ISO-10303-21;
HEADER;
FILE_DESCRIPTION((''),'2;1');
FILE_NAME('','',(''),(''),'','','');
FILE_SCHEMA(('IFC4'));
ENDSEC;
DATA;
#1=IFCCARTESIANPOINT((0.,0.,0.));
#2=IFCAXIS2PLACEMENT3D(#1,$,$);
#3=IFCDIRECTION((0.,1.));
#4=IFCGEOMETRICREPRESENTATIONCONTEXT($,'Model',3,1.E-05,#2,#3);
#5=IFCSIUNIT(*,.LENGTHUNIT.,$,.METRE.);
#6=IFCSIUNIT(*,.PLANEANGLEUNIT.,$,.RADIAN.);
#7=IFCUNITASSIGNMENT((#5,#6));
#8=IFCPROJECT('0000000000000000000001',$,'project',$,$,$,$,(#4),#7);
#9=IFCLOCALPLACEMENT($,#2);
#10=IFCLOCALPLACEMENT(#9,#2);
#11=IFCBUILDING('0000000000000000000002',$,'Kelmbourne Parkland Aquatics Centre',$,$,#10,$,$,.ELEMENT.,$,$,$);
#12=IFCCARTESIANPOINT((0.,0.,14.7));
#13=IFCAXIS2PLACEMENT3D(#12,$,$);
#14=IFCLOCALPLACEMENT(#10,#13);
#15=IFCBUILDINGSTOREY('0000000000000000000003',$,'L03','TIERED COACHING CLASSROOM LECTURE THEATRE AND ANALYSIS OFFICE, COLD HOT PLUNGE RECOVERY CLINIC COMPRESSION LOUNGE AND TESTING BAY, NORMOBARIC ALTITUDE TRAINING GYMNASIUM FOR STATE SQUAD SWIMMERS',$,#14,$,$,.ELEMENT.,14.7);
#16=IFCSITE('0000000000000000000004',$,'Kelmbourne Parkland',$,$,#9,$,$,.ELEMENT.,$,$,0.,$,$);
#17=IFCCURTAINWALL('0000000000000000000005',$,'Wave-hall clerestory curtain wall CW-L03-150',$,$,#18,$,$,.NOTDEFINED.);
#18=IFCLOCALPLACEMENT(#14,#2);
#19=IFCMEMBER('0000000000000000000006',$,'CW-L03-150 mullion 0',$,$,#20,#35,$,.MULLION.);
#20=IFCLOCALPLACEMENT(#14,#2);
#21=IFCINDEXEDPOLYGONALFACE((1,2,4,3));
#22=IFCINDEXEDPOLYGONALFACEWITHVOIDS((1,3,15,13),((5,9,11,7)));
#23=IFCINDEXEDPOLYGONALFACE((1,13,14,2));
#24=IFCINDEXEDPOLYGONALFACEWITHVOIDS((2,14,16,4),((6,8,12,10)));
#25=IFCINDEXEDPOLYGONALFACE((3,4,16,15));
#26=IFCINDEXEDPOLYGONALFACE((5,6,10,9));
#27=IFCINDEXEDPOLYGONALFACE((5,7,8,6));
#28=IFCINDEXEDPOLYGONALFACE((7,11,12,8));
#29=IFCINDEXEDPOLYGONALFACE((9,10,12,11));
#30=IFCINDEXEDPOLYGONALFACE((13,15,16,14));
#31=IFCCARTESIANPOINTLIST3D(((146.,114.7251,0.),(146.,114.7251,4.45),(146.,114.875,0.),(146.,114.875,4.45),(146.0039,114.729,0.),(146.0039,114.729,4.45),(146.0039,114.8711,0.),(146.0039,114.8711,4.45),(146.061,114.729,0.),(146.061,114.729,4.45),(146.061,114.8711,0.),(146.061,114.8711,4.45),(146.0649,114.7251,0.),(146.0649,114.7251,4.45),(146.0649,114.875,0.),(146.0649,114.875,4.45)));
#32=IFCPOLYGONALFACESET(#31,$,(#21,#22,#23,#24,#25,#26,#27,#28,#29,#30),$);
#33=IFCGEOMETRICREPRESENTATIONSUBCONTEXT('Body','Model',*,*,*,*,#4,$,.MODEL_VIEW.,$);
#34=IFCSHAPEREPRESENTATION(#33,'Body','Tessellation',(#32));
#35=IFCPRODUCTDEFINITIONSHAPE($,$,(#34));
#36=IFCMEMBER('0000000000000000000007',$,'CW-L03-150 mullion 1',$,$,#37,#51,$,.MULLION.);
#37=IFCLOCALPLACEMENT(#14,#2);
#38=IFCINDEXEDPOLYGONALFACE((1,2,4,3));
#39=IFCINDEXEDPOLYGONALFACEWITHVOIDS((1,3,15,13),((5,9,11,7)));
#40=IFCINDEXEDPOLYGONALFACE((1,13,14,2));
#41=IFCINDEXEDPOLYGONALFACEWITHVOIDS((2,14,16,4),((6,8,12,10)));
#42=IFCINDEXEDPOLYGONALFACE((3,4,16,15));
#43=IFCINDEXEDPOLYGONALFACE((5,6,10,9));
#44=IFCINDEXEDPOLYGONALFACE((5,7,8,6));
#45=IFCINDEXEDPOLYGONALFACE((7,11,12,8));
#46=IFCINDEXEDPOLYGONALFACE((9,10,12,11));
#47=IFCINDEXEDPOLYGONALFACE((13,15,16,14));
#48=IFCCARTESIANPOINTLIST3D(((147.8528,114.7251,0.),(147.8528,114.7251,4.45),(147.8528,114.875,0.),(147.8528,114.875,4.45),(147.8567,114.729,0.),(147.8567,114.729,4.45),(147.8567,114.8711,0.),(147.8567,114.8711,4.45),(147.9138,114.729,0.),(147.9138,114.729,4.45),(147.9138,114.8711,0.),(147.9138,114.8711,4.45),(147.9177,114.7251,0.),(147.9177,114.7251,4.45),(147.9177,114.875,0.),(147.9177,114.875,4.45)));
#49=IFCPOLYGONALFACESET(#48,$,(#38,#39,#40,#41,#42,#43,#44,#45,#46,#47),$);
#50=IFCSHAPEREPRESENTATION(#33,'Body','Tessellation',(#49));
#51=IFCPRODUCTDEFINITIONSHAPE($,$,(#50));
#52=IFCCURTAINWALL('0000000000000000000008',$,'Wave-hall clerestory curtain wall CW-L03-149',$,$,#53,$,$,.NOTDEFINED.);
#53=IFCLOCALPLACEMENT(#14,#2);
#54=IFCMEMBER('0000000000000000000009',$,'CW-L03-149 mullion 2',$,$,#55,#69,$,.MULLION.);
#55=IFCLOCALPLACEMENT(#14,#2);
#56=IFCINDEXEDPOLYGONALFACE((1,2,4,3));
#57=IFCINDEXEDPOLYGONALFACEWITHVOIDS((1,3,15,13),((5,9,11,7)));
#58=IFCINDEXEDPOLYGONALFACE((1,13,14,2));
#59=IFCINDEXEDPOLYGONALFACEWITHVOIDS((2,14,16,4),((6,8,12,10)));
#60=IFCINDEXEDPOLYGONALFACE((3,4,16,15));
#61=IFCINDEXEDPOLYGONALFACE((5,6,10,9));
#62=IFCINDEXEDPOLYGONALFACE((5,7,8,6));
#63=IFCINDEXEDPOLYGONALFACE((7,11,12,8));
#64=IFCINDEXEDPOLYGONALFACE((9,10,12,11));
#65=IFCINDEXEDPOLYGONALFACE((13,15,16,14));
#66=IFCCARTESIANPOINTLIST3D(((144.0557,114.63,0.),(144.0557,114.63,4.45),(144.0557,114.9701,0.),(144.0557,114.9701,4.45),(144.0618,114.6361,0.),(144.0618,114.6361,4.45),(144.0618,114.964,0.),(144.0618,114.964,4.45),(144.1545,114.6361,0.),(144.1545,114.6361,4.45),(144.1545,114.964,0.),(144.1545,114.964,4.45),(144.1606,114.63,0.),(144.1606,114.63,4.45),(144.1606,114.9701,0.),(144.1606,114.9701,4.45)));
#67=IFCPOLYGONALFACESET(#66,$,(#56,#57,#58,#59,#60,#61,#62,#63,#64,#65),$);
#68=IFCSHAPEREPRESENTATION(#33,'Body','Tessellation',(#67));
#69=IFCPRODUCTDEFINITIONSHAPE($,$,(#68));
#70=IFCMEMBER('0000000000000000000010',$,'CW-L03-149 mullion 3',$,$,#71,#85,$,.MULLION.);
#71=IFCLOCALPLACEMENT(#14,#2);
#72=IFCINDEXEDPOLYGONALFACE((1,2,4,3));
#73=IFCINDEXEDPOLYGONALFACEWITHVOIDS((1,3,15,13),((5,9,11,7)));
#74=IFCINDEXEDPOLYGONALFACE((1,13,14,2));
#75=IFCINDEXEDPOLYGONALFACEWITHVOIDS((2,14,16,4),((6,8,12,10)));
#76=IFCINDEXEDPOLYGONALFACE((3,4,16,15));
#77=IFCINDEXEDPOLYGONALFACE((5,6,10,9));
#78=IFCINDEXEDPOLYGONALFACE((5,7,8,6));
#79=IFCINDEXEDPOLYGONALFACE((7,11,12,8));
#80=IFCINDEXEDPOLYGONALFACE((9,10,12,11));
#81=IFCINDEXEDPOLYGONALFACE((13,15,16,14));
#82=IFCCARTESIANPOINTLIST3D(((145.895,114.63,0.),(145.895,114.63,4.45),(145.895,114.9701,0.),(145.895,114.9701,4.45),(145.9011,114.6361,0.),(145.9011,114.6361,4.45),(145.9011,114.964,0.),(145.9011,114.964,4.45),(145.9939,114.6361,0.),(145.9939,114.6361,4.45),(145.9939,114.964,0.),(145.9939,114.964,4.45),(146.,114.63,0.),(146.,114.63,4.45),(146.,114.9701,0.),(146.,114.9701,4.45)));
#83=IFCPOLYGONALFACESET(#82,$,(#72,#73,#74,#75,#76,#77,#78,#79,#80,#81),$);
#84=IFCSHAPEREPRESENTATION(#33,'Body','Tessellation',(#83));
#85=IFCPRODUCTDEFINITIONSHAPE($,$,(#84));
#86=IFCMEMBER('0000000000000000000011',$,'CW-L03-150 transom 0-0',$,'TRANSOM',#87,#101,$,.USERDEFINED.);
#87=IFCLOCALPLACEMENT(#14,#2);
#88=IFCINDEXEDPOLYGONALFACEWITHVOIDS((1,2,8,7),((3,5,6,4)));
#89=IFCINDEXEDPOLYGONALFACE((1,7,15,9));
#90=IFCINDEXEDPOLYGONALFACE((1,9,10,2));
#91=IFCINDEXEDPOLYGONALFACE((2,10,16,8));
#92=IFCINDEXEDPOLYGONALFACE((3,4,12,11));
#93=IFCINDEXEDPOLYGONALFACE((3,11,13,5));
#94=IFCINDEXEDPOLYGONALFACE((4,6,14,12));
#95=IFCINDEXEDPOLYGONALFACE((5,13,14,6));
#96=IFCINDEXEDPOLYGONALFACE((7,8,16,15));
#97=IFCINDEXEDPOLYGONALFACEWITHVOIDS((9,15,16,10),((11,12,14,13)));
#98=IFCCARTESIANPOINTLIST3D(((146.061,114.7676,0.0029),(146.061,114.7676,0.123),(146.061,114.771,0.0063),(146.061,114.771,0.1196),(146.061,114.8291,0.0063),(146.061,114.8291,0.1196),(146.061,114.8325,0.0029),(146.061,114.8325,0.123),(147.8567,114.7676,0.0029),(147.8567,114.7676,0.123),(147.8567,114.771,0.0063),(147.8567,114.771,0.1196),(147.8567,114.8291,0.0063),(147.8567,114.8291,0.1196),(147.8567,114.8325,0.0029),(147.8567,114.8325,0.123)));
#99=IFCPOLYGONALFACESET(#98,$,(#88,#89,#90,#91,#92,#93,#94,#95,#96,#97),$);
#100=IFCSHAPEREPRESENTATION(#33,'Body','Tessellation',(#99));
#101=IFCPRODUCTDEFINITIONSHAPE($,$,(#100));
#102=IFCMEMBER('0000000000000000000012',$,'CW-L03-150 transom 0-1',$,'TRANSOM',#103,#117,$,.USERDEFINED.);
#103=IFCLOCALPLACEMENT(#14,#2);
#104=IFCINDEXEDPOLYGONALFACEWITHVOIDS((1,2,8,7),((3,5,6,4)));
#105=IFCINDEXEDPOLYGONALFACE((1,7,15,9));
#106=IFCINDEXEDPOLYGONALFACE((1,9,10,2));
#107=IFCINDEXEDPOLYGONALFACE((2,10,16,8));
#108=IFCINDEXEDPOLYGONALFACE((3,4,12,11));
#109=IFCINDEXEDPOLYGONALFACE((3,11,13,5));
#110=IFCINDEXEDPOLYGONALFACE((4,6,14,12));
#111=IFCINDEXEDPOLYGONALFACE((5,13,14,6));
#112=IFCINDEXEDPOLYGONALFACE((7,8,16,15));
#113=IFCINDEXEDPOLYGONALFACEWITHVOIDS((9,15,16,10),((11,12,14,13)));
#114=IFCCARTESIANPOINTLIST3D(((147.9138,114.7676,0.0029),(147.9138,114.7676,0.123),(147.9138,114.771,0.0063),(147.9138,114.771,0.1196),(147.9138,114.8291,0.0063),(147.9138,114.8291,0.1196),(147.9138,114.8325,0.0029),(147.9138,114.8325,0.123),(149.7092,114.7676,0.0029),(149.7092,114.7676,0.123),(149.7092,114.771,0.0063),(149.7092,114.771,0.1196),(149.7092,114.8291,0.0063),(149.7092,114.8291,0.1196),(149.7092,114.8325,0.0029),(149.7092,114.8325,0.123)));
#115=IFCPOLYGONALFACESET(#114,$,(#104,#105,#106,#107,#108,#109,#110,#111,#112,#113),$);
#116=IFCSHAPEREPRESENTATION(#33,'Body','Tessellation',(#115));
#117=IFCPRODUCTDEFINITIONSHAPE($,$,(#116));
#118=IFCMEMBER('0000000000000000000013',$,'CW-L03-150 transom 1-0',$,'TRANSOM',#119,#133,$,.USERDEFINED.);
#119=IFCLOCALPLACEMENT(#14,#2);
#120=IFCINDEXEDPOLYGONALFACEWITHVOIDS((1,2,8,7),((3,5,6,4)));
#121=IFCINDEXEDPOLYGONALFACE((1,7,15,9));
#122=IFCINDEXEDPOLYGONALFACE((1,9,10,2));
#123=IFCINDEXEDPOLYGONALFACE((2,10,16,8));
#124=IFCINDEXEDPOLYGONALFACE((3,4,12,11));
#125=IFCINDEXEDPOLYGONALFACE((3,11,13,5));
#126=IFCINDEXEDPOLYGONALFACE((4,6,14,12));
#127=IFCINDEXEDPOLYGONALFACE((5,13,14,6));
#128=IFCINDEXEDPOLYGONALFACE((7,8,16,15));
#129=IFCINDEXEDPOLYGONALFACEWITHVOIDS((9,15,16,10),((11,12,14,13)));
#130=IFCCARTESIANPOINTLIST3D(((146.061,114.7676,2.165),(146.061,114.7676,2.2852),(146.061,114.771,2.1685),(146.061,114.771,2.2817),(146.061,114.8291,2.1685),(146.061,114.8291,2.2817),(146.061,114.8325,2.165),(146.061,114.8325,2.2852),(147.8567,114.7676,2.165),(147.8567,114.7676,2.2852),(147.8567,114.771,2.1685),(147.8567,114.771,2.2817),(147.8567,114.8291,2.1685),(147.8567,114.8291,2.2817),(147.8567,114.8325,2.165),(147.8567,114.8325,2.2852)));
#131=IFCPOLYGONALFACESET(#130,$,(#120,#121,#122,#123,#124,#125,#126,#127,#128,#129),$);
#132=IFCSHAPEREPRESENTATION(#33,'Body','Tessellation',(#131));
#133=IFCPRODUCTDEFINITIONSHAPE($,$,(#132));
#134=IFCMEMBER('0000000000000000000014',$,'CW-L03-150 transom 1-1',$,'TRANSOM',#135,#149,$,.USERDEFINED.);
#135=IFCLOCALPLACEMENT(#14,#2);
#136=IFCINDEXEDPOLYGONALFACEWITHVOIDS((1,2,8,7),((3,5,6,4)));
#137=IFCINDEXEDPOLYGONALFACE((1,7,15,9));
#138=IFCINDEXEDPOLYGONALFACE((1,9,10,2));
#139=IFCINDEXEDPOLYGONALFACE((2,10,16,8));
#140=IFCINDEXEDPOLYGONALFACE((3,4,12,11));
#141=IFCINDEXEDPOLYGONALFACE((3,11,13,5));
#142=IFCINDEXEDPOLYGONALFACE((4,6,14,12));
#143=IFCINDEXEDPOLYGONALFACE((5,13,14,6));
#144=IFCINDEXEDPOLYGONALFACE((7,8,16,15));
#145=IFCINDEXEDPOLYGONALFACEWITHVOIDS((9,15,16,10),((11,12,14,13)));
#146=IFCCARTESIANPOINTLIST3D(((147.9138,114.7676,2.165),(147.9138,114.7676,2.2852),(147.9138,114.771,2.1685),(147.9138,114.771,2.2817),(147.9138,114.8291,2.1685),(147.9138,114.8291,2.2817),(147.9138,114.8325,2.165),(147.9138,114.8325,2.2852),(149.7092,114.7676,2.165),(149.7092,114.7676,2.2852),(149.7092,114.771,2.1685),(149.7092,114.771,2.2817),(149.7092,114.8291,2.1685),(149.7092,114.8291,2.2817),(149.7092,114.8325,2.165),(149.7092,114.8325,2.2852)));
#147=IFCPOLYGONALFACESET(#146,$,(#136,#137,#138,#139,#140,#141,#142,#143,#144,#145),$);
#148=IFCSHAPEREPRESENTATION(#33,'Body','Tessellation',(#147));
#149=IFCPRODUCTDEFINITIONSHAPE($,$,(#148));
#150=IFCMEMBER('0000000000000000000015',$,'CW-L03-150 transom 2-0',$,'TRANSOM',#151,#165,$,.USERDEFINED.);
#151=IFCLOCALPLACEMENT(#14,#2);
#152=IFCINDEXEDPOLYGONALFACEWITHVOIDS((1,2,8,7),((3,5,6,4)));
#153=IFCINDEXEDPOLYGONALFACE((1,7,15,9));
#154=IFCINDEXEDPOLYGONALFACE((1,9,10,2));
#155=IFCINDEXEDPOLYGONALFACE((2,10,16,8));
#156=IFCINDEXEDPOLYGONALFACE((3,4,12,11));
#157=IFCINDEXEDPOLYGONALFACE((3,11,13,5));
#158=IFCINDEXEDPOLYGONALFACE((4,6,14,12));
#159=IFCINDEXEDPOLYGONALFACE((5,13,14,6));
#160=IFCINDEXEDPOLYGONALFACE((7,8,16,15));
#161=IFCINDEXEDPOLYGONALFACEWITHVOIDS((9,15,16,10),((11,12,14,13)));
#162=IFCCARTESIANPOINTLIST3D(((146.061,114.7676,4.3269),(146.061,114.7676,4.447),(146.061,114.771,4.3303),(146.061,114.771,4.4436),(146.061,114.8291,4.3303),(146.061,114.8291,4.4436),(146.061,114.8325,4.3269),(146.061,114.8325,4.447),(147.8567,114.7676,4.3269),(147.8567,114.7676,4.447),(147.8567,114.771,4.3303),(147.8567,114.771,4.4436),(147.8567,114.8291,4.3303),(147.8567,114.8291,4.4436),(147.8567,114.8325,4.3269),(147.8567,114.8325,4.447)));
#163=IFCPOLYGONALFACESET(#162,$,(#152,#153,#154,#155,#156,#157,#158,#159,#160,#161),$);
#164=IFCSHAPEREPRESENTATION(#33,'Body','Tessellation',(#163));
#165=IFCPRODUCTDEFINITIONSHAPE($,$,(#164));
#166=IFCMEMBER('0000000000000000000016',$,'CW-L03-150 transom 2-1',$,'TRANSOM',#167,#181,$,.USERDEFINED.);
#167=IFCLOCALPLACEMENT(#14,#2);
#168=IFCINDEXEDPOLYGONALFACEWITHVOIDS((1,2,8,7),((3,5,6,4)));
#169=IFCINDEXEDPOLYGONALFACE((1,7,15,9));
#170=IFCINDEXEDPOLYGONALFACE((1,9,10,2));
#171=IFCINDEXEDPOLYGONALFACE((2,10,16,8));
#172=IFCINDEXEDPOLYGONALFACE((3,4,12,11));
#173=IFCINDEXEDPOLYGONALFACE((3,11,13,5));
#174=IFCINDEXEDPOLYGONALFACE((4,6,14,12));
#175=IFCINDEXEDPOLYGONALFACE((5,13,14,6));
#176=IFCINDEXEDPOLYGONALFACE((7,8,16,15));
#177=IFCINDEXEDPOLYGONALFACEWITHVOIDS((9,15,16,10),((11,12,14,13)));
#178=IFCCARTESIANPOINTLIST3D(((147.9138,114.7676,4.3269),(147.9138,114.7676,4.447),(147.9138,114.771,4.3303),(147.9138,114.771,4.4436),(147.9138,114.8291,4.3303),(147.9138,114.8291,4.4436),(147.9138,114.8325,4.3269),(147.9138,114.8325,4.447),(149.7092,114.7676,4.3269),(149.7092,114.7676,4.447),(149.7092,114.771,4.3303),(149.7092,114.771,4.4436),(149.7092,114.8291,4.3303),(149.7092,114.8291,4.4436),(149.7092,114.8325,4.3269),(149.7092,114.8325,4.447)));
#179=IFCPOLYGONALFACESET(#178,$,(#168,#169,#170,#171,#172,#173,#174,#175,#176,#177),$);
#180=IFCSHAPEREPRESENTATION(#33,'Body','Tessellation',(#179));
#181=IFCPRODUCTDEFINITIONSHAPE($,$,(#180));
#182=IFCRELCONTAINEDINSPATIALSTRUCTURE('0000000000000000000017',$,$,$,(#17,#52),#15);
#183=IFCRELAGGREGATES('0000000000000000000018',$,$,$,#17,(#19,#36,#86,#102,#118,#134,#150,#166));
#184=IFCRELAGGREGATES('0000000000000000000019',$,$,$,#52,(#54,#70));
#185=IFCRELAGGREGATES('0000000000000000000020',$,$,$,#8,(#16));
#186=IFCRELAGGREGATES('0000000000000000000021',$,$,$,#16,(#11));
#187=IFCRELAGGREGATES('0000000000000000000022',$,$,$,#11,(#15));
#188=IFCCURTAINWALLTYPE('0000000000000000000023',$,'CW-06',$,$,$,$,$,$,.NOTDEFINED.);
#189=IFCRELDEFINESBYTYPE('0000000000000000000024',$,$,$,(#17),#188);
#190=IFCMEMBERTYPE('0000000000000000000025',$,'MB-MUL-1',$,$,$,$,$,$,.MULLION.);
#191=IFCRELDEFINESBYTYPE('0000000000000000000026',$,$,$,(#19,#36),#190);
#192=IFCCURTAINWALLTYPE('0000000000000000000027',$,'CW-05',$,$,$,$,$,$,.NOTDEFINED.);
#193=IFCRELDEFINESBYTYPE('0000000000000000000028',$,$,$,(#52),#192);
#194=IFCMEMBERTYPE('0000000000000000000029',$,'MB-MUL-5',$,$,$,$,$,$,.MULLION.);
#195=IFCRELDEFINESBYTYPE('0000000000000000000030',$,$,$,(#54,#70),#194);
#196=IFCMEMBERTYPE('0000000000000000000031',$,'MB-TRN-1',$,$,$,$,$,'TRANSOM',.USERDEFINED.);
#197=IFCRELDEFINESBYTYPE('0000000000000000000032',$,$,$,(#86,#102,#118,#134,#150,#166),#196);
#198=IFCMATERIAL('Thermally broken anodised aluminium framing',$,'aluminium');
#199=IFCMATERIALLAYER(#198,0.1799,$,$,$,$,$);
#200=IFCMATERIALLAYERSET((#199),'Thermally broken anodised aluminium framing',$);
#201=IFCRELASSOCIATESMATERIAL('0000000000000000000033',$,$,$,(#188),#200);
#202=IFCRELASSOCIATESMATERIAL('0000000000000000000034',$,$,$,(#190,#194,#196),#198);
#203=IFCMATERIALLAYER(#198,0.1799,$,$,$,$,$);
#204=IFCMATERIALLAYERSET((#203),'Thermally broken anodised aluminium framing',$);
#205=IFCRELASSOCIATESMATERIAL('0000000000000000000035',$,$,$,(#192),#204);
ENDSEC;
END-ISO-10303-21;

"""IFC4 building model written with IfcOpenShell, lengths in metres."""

from ifc_helpers import new_model, si_unit, direction, frame, origin, origin_2d, place, context, subcontext, project, spatial, hollow_rectangle, extrude, material, layer, layer_set, material_profile, profile_set, type_object, element, aggregate, save


model = new_model("IFC4")

# Units and contexts
model_context = context("Model", 3, precision=1e-05, world=origin(), true_north=direction((0.0, 1.0)))
body_context = subcontext(model_context, "Body", "Model", "MODEL_VIEW")
ifc_project = project(units=[si_unit("LENGTHUNIT", "METRE"), si_unit("PLANEANGLEUNIT", "RADIAN")], contexts=[model_context])

# Site, building, storey
site_placement = place(None, origin())
site = spatial("IfcSite", under=ifc_project, at=site_placement, Name="Kelmbourne Parkland", CompositionType="ELEMENT", RefElevation=0.0)
building_placement = place(site_placement, origin())
building = spatial("IfcBuilding", under=site, at=building_placement, Name="Kelmbourne Parkland Aquatics Centre", CompositionType="ELEMENT")
storey_placement = place(building_placement, frame((0.0, 0.0, 14.7)))
storey = spatial("IfcBuildingStorey", under=building, at=storey_placement, Name="L03", Description="TIERED COACHING CLASSROOM LECTURE THEATRE AND ANALYSIS OFFICE, COLD HOT PLUNGE RECOVERY CLINIC COMPRESSION LOUNGE AND TESTING BAY, NORMOBARIC ALTITUDE TRAINING GYMNASIUM FOR STATE SQUAD SWIMMERS", CompositionType="ELEMENT", Elevation=14.7)

# Curtain walls, members
ifc_material_1 = material(Name="Thermally broken anodised aluminium framing", Category="aluminium")
ifc_layer_1 = layer(ifc_material_1, 0.1799)
ifc_layer_set_1 = layer_set([ifc_layer_1], Name="Thermally broken anodised aluminium framing")
curtain_wall_type_1 = type_object("IfcCurtainWallType", Name="CW-06", PredefinedType="NOTDEFINED", material=ifc_layer_set_1)
curtain_wall_1_placement = place(storey_placement, origin())
curtain_wall_1 = element("IfcCurtainWall", 1, at=curtain_wall_1_placement, inside=storey, type_object=curtain_wall_type_1, Name="Wave-hall clerestory curtain wall CW-L03-150", PredefinedType="NOTDEFINED")
ifc_material_profile_1 = material_profile(ifc_material_1, hollow_rectangle(XDim=0.0649, YDim=0.1499, WallThickness=0.0039, at=origin_2d()), Name="CW-M 65x150")
ifc_profile_set_1 = profile_set([ifc_material_profile_1], Name="Thermally broken anodised aluminium framing")
member_type_1 = type_object("IfcMemberType", Name="MB-MUL-1", PredefinedType="MULLION", material=ifc_profile_set_1)
member_1_placement = place(storey_placement, frame((146.0325, 114.8, 0.0), z_axis=(0.0, 0.0, 1.0), x_axis=(1.0, 0.0, 0.0)))
member_1 = element("IfcMember", 2, at=member_1_placement, type_object=member_type_1, Name="CW-L03-150 mullion 0", PredefinedType="MULLION", context=body_context, shape_type="SweptSolid", body=[
    extrude(hollow_rectangle(XDim=0.0649, YDim=0.1499, WallThickness=0.0039, at=origin_2d()), origin(), (0.0, 0.0, 1.0), 4.45),
])
member_2_placement = place(storey_placement, frame((147.8853, 114.8, 0.0), z_axis=(0.0, 0.0, 1.0), x_axis=(1.0, 0.0, 0.0)))
member_2 = element("IfcMember", 3, at=member_2_placement, type_object=member_type_1, Name="CW-L03-150 mullion 1", PredefinedType="MULLION", context=body_context, shape_type="SweptSolid", body=[
    extrude(hollow_rectangle(XDim=0.0649, YDim=0.1499, WallThickness=0.0039, at=origin_2d()), origin(), (0.0, 0.0, 1.0), 4.45),
])
ifc_layer_2 = layer(ifc_material_1, 0.1799)
ifc_layer_set_2 = layer_set([ifc_layer_2], Name="Thermally broken anodised aluminium framing")
curtain_wall_type_2 = type_object("IfcCurtainWallType", Name="CW-05", PredefinedType="NOTDEFINED", material=ifc_layer_set_2)
curtain_wall_2_placement = place(storey_placement, origin())
curtain_wall_2 = element("IfcCurtainWall", 4, at=curtain_wall_2_placement, inside=storey, type_object=curtain_wall_type_2, Name="Wave-hall clerestory curtain wall CW-L03-149", PredefinedType="NOTDEFINED")
ifc_material_profile_2 = material_profile(ifc_material_1, hollow_rectangle(XDim=0.105, YDim=0.3401, WallThickness=0.0061, at=origin_2d()), Name="CW-M 105x340")
ifc_profile_set_2 = profile_set([ifc_material_profile_2], Name="Thermally broken anodised aluminium framing")
member_type_2 = type_object("IfcMemberType", Name="MB-MUL-5", PredefinedType="MULLION", material=ifc_profile_set_2)
member_3_placement = place(storey_placement, frame((144.1082, 114.8, 0.0), z_axis=(0.0, 0.0, 1.0), x_axis=(1.0, 0.0, 0.0)))
member_3 = element("IfcMember", 5, at=member_3_placement, type_object=member_type_2, Name="CW-L03-149 mullion 2", PredefinedType="MULLION", context=body_context, shape_type="SweptSolid", body=[
    extrude(hollow_rectangle(XDim=0.105, YDim=0.3401, WallThickness=0.0061, at=origin_2d()), origin(), (0.0, 0.0, 1.0), 4.45),
])
member_4_placement = place(storey_placement, frame((145.9475, 114.8, 0.0), z_axis=(0.0, 0.0, 1.0), x_axis=(1.0, 0.0, 0.0)))
member_4 = element("IfcMember", 6, at=member_4_placement, type_object=member_type_2, Name="CW-L03-149 mullion 3", PredefinedType="MULLION", context=body_context, shape_type="SweptSolid", body=[
    extrude(hollow_rectangle(XDim=0.105, YDim=0.3401, WallThickness=0.0061, at=origin_2d()), origin(), (0.0, 0.0, 1.0), 4.45),
])

# Members
ifc_material_profile_3 = material_profile(ifc_material_1, hollow_rectangle(XDim=0.0649, YDim=0.1201, WallThickness=0.0034, at=origin_2d()), Name="CW-T 65x120")
ifc_profile_set_3 = profile_set([ifc_material_profile_3], Name="Thermally broken anodised aluminium framing")
member_type_3 = type_object("IfcMemberType", Name="MB-TRN-1", ElementType="TRANSOM", PredefinedType="USERDEFINED", material=ifc_profile_set_3)
member_5_placement = place(storey_placement, frame((146.061, 114.8, 0.063), z_axis=(1.0, 0.0, 0.0), x_axis=(0.0, 1.0, 0.0)))
member_5 = element("IfcMember", 7, at=member_5_placement, type_object=member_type_3, Name="CW-L03-150 transom 0-0", ObjectType="TRANSOM", PredefinedType="USERDEFINED", context=body_context, shape_type="SweptSolid", body=[
    extrude(hollow_rectangle(XDim=0.0649, YDim=0.1201, WallThickness=0.0034, at=origin_2d()), origin(), (0.0, 0.0, 1.0), 1.7957),
])
member_6_placement = place(storey_placement, frame((147.9138, 114.8, 0.063), z_axis=(1.0, 0.0, 0.0), x_axis=(0.0, 1.0, 0.0)))
member_6 = element("IfcMember", 8, at=member_6_placement, type_object=member_type_3, Name="CW-L03-150 transom 0-1", ObjectType="TRANSOM", PredefinedType="USERDEFINED", context=body_context, shape_type="SweptSolid", body=[
    extrude(hollow_rectangle(XDim=0.0649, YDim=0.1201, WallThickness=0.0034, at=origin_2d()), origin(), (0.0, 0.0, 1.0), 1.7954),
])
member_7_placement = place(storey_placement, frame((146.061, 114.8, 2.2251), z_axis=(1.0, 0.0, 0.0), x_axis=(0.0, 1.0, 0.0)))
member_7 = element("IfcMember", 9, at=member_7_placement, type_object=member_type_3, Name="CW-L03-150 transom 1-0", ObjectType="TRANSOM", PredefinedType="USERDEFINED", context=body_context, shape_type="SweptSolid", body=[
    extrude(hollow_rectangle(XDim=0.0649, YDim=0.1201, WallThickness=0.0034, at=origin_2d()), origin(), (0.0, 0.0, 1.0), 1.7957),
])
member_8_placement = place(storey_placement, frame((147.9138, 114.8, 2.2251), z_axis=(1.0, 0.0, 0.0), x_axis=(0.0, 1.0, 0.0)))
member_8 = element("IfcMember", 10, at=member_8_placement, type_object=member_type_3, Name="CW-L03-150 transom 1-1", ObjectType="TRANSOM", PredefinedType="USERDEFINED", context=body_context, shape_type="SweptSolid", body=[
    extrude(hollow_rectangle(XDim=0.0649, YDim=0.1201, WallThickness=0.0034, at=origin_2d()), origin(), (0.0, 0.0, 1.0), 1.7954),
])
member_9_placement = place(storey_placement, frame((146.061, 114.8, 4.387), z_axis=(1.0, 0.0, 0.0), x_axis=(0.0, 1.0, 0.0)))
member_9 = element("IfcMember", 11, at=member_9_placement, type_object=member_type_3, Name="CW-L03-150 transom 2-0", ObjectType="TRANSOM", PredefinedType="USERDEFINED", context=body_context, shape_type="SweptSolid", body=[
    extrude(hollow_rectangle(XDim=0.0649, YDim=0.1201, WallThickness=0.0034, at=origin_2d()), origin(), (0.0, 0.0, 1.0), 1.7957),
])
member_10_placement = place(storey_placement, frame((147.9138, 114.8, 4.387), z_axis=(1.0, 0.0, 0.0), x_axis=(0.0, 1.0, 0.0)))
member_10 = element("IfcMember", 12, at=member_10_placement, type_object=member_type_3, Name="CW-L03-150 transom 2-1", ObjectType="TRANSOM", PredefinedType="USERDEFINED", context=body_context, shape_type="SweptSolid", body=[
    extrude(hollow_rectangle(XDim=0.0649, YDim=0.1201, WallThickness=0.0034, at=origin_2d()), origin(), (0.0, 0.0, 1.0), 1.7954),
])

aggregate(curtain_wall_1, [member_1, member_2, member_5, member_6, member_7, member_8, member_9, member_10])
aggregate(curtain_wall_2, [member_3, member_4])

save(model, "model.ifc")
